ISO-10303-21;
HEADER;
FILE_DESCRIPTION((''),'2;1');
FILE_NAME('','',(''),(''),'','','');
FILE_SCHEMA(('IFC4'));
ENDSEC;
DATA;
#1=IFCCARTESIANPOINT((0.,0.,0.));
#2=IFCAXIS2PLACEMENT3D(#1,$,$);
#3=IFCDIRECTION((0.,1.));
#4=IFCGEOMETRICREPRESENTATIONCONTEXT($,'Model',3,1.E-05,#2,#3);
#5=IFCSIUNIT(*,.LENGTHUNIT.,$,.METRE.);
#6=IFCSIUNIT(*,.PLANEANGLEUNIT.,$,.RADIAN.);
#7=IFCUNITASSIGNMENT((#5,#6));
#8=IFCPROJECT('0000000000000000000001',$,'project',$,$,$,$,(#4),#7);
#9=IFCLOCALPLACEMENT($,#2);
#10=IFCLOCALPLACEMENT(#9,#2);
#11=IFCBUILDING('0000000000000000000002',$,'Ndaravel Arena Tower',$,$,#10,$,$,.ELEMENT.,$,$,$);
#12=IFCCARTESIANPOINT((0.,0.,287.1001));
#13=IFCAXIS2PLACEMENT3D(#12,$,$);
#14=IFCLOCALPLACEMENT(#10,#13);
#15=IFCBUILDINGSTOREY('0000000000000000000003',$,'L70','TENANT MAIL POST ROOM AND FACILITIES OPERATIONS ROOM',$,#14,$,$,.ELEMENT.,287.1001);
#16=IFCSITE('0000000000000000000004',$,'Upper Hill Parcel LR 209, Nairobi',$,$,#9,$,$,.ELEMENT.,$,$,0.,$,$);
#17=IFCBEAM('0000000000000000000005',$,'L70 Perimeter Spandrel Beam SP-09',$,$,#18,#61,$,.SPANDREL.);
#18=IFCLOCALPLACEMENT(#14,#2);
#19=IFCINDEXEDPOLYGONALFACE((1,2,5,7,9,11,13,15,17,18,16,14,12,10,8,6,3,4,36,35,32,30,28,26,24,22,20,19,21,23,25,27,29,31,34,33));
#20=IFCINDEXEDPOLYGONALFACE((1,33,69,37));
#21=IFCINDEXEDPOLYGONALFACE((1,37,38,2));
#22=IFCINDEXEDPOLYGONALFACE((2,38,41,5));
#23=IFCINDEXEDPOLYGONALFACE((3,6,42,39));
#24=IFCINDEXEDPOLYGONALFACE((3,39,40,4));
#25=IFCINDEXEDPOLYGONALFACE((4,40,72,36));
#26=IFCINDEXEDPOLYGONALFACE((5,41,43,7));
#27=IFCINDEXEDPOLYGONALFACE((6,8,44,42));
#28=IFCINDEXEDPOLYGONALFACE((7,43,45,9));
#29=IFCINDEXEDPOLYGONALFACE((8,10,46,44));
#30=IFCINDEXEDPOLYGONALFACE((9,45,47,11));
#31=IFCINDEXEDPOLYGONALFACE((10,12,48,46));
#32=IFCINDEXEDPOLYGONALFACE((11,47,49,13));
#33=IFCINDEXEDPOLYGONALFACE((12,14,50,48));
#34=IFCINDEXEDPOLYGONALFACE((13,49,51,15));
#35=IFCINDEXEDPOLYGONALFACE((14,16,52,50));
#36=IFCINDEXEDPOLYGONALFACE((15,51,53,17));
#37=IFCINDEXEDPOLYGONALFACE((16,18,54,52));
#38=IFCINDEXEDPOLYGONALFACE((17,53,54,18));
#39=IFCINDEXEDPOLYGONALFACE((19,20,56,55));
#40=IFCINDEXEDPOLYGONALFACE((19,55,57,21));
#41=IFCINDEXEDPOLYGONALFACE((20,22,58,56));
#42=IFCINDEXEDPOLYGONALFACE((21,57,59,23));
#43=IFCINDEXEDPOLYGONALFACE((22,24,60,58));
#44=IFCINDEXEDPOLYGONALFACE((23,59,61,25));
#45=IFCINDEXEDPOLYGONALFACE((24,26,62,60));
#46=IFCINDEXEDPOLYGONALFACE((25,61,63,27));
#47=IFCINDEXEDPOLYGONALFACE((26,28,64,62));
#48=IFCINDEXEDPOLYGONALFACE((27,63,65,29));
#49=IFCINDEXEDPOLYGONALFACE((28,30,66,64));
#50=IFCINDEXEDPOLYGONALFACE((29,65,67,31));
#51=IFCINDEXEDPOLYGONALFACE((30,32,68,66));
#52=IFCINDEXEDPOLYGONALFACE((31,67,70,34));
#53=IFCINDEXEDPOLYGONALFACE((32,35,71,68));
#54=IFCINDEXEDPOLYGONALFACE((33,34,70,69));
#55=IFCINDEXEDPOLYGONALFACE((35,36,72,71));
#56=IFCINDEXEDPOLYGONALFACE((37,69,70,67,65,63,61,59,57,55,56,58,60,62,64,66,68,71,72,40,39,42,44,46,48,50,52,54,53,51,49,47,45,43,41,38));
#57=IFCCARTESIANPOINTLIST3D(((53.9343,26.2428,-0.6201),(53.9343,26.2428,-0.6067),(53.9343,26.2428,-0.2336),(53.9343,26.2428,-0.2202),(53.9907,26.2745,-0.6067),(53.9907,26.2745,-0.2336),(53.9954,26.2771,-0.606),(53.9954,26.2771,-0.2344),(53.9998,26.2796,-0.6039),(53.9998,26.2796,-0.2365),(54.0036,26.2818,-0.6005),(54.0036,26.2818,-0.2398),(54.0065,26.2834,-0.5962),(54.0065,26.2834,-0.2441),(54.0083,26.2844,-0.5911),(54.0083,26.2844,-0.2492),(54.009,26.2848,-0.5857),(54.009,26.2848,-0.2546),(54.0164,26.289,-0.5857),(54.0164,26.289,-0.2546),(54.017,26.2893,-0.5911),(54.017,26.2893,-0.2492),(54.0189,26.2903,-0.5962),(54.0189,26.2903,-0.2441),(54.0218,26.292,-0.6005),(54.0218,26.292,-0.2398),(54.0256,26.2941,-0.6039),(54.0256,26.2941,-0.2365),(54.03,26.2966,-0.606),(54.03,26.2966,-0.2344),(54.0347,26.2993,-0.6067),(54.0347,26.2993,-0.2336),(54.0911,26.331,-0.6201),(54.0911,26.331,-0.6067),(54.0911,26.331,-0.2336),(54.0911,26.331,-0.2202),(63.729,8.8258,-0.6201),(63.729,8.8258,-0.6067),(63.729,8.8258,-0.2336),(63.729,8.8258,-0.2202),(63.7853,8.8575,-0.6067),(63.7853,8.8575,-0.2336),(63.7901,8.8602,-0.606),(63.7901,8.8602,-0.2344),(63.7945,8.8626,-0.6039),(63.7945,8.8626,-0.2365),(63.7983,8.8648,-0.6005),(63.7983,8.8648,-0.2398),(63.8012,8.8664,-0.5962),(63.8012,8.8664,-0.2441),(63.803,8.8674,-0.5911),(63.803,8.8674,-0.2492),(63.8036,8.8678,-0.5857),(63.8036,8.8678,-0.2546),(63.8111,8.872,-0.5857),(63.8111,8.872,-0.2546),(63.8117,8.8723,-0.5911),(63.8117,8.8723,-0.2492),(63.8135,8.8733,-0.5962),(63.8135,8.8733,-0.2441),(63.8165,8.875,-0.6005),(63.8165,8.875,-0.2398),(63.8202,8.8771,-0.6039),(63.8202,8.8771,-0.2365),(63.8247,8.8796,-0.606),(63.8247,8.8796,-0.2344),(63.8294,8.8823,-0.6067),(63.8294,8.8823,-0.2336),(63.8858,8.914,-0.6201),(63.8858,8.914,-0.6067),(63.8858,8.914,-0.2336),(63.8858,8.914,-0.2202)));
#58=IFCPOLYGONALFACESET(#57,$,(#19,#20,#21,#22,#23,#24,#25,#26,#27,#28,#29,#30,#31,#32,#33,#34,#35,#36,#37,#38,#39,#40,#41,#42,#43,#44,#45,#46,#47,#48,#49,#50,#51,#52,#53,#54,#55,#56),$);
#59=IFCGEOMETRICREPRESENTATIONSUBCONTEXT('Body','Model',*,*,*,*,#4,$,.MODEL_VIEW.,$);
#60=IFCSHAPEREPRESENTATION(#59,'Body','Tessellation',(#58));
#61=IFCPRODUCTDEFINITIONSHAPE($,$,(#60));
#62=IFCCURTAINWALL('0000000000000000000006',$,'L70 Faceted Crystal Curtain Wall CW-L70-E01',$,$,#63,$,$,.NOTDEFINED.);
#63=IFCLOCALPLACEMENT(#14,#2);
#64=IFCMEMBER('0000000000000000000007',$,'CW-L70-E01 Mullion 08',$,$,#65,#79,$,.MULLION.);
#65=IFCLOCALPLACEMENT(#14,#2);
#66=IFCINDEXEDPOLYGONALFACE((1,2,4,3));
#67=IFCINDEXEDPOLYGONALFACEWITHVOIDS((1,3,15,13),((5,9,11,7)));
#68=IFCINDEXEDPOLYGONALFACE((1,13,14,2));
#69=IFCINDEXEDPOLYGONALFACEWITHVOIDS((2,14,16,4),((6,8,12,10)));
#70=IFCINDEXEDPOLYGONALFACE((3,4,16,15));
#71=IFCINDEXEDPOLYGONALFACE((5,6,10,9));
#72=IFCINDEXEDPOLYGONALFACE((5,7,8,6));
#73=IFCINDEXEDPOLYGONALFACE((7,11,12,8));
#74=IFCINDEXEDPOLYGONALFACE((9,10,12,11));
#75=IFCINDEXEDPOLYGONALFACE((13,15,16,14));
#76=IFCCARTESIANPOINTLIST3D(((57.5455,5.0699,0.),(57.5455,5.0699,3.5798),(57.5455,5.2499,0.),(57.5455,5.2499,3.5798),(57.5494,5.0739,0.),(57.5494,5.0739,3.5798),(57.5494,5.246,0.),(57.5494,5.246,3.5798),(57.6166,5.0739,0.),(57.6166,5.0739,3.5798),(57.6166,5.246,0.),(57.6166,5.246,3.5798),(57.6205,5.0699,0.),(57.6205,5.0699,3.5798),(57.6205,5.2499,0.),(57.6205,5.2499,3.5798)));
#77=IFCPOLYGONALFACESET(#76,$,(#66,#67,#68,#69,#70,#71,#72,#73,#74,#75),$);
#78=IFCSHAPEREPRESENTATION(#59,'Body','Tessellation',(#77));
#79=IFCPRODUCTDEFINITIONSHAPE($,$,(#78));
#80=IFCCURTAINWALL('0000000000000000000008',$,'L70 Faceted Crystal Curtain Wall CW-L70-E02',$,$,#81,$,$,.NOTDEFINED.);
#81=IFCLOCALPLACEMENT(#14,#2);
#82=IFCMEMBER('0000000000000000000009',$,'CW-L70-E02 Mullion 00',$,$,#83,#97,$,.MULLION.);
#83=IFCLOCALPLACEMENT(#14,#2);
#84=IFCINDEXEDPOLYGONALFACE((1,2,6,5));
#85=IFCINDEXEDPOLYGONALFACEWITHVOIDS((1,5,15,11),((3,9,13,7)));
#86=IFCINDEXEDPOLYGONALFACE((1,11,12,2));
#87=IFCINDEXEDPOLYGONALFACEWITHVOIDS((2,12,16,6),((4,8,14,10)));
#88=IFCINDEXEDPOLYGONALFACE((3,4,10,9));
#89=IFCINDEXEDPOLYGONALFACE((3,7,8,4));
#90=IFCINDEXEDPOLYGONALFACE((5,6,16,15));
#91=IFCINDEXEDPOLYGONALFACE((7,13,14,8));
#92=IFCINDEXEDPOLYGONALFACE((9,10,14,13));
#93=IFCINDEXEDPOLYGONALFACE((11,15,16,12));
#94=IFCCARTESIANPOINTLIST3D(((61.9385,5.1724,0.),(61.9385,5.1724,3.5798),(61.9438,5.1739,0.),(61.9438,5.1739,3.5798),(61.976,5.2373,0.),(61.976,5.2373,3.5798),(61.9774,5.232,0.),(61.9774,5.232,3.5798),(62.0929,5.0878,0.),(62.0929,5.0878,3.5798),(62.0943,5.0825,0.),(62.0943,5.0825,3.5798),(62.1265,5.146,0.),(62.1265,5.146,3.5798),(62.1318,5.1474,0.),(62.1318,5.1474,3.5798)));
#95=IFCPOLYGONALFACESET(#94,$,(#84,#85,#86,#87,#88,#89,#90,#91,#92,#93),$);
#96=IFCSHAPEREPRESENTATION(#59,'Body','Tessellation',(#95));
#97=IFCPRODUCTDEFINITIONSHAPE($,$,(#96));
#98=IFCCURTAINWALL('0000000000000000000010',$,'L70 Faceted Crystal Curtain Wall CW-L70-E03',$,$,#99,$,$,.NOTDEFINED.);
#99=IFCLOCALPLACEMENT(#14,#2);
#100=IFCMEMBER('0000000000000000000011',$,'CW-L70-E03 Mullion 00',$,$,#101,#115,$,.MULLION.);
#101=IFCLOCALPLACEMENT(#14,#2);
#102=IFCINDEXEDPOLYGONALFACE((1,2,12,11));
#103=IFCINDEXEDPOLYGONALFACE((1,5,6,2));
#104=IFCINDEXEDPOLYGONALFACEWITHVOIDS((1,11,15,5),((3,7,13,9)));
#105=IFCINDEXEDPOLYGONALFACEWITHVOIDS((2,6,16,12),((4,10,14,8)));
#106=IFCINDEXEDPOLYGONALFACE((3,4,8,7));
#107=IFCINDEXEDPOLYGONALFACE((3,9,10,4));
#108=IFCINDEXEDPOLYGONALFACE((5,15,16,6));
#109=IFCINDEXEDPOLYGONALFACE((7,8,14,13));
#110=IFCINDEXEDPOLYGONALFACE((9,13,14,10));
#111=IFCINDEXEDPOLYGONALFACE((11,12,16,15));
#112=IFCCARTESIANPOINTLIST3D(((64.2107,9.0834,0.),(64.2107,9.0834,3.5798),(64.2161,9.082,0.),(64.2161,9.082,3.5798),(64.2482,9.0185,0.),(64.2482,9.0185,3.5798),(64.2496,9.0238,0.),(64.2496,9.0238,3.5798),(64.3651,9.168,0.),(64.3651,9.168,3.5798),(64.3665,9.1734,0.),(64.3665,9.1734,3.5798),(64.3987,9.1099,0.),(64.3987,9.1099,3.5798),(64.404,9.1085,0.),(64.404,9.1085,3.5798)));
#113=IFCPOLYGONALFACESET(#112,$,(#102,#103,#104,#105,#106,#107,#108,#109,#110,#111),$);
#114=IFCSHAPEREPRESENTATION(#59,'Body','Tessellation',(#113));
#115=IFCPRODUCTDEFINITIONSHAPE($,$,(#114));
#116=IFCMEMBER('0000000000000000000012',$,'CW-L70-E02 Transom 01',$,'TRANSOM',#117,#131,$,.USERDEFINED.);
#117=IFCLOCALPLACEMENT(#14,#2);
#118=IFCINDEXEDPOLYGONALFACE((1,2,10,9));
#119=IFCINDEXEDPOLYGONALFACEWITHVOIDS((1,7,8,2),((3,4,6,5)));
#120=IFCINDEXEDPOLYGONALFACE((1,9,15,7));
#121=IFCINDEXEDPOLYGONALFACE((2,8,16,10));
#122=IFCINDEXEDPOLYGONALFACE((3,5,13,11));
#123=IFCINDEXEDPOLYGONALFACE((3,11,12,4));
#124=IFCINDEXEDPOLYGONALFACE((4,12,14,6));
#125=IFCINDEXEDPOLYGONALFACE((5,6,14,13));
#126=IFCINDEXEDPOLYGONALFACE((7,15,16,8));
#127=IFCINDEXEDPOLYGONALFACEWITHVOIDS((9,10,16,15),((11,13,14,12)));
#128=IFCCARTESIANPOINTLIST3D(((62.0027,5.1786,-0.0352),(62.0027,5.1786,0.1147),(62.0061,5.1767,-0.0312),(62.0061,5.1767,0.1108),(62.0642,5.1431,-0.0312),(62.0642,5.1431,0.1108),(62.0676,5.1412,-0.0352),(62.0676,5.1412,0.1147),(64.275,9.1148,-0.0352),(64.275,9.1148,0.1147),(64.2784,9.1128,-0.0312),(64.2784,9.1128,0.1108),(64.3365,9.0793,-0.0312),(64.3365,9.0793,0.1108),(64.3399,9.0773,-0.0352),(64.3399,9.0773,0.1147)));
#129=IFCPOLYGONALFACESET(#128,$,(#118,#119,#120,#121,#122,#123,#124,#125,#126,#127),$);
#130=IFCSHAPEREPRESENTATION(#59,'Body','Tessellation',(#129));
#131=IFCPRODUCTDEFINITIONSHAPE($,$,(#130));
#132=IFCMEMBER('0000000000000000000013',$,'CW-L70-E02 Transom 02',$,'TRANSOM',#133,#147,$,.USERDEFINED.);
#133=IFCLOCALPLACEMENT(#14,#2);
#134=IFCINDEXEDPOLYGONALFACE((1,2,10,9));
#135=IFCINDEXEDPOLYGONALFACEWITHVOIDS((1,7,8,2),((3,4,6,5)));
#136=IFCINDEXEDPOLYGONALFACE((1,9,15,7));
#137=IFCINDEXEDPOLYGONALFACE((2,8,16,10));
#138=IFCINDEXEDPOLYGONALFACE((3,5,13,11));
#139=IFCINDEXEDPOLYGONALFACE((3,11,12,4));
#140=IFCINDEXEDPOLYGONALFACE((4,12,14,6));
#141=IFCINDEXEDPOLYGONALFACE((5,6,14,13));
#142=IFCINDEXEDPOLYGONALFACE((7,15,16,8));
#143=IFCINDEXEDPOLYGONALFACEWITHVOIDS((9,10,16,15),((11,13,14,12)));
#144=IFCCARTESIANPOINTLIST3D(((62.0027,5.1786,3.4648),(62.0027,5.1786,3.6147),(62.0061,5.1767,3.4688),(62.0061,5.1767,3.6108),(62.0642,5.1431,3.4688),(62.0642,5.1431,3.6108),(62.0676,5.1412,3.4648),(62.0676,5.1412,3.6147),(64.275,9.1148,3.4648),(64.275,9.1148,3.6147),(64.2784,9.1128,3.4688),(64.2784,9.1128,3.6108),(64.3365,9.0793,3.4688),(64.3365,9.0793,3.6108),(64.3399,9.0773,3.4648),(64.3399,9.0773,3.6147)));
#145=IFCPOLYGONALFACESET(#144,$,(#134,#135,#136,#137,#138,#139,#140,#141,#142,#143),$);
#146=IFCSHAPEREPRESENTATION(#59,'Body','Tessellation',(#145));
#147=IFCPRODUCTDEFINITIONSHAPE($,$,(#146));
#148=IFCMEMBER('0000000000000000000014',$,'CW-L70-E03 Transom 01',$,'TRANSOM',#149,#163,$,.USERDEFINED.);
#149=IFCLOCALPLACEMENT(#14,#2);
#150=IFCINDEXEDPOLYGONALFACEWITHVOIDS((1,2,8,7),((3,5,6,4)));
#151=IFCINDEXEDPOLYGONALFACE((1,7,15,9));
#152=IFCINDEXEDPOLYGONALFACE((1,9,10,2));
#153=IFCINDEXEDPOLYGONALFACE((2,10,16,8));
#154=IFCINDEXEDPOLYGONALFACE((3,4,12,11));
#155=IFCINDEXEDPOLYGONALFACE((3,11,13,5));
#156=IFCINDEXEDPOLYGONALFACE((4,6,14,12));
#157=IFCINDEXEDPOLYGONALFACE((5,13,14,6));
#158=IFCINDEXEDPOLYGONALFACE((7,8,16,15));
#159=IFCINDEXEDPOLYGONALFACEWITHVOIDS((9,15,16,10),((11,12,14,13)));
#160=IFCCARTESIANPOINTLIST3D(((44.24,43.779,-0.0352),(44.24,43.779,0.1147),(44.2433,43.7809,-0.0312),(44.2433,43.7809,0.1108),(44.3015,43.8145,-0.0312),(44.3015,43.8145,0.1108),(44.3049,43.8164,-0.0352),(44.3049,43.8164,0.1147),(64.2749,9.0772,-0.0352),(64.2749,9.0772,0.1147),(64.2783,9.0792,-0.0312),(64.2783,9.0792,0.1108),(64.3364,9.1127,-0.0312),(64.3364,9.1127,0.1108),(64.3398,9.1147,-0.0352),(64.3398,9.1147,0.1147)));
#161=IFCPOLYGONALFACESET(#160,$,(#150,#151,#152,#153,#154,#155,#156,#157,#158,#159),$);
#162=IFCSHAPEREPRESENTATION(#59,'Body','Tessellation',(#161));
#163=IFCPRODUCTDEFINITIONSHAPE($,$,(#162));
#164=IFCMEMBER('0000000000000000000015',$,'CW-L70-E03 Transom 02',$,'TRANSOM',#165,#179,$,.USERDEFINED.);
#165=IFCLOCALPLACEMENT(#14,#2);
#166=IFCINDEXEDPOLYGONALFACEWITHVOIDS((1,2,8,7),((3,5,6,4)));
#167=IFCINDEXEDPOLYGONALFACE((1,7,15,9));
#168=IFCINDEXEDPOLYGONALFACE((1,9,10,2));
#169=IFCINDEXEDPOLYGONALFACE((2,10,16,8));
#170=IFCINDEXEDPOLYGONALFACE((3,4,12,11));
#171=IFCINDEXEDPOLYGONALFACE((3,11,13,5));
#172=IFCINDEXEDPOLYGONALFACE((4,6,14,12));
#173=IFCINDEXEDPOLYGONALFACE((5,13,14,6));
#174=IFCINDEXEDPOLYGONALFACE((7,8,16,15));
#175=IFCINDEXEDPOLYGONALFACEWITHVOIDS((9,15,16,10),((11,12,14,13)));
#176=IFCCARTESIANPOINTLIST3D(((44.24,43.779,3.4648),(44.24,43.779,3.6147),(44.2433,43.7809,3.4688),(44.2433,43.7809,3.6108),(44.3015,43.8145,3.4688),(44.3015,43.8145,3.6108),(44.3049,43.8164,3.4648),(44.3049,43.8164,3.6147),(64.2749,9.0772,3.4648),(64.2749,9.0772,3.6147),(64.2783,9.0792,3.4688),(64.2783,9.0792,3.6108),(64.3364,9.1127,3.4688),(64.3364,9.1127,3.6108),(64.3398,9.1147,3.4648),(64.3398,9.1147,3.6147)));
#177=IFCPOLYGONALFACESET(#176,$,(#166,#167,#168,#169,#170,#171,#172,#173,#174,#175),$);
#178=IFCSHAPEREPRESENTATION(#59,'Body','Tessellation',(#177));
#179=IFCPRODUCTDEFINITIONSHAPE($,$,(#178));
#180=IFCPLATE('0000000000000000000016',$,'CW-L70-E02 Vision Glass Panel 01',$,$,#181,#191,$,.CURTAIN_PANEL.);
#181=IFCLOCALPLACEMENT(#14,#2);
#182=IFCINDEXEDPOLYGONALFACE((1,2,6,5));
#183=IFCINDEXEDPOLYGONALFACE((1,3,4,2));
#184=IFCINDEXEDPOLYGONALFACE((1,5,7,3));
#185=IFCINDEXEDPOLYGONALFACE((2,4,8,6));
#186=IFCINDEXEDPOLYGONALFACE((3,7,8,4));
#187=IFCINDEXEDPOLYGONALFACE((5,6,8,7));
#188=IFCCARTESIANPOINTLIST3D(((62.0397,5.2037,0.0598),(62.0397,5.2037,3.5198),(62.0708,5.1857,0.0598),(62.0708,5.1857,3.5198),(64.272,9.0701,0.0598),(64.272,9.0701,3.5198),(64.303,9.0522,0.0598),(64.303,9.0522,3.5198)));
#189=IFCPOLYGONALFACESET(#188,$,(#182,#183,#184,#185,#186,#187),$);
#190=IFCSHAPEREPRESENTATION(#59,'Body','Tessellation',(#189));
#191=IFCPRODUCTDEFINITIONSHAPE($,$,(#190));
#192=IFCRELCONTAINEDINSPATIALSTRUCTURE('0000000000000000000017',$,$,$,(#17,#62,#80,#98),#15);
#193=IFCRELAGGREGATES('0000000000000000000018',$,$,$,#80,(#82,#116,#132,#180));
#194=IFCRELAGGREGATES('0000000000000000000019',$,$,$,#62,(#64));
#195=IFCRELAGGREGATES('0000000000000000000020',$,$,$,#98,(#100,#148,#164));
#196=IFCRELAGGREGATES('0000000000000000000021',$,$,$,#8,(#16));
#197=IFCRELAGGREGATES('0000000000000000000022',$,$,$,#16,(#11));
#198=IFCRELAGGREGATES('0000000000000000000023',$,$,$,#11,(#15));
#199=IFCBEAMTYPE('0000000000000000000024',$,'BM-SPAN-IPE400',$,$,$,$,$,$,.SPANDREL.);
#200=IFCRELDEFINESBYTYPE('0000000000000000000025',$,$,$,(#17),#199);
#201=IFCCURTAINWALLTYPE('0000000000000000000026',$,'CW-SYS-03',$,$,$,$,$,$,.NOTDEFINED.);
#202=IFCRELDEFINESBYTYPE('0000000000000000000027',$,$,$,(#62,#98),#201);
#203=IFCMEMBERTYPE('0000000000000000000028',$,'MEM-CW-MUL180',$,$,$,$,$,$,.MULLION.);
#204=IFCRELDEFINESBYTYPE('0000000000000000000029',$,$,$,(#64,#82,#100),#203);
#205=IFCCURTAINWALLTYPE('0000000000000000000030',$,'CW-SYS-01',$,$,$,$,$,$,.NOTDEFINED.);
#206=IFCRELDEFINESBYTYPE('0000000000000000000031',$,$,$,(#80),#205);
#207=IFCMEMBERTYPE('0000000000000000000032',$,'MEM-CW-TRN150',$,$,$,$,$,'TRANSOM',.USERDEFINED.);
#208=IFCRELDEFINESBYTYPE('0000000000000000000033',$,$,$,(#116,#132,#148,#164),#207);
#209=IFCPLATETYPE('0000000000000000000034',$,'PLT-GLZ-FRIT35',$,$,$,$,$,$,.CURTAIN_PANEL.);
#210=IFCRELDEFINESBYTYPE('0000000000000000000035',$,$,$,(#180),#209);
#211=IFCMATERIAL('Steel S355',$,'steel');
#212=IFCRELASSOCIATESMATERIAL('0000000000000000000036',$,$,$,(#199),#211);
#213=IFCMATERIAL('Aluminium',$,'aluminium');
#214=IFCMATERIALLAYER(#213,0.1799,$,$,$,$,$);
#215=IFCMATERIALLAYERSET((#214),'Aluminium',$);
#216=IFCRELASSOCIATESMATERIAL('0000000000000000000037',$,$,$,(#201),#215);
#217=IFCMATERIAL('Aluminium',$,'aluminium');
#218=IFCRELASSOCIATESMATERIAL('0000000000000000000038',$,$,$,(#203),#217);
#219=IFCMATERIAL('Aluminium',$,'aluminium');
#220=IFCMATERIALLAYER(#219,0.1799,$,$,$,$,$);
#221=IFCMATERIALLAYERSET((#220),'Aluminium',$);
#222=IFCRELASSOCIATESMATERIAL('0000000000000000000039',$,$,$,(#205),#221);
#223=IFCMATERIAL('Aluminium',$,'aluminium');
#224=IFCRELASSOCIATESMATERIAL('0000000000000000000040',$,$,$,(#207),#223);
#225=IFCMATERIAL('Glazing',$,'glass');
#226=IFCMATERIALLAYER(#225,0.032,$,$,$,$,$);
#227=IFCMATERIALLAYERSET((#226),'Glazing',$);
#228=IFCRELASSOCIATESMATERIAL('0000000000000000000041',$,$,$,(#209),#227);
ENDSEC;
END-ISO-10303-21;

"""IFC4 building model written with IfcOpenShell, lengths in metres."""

from ifc_helpers import new_model, si_unit, direction, frame, origin, origin_2d, place, context, subcontext, project, spatial, rectangle, hollow_rectangle, i_section, extrude, material, layer, layer_set, material_profile, profile_set, type_object, element, aggregate, save


model = new_model("IFC4")

# Units and contexts
model_context = context("Model", 3, precision=1e-05, world=origin(), true_north=direction((0.0, 1.0)))
body_context = subcontext(model_context, "Body", "Model", "MODEL_VIEW")
ifc_project = project(units=[si_unit("LENGTHUNIT", "METRE"), si_unit("PLANEANGLEUNIT", "RADIAN")], contexts=[model_context])

# Site, building, storey
site_placement = place(None, origin())
site = spatial("IfcSite", under=ifc_project, at=site_placement, Name="Upper Hill Parcel LR 209, Nairobi", CompositionType="ELEMENT", RefElevation=0.0)
building_placement = place(site_placement, origin())
building = spatial("IfcBuilding", under=site, at=building_placement, Name="Ndaravel Arena Tower", CompositionType="ELEMENT")
storey_placement = place(building_placement, frame((0.0, 0.0, 287.1001)))
storey = spatial("IfcBuildingStorey", under=building, at=storey_placement, Name="L70", Description="TENANT MAIL POST ROOM AND FACILITIES OPERATIONS ROOM", CompositionType="ELEMENT", Elevation=287.1001)

# Beam
ifc_material_1 = material(Name="Steel S355", Category="steel")
ifc_material_profile_1 = material_profile(ifc_material_1, i_section(OverallWidth=0.1799, OverallDepth=0.3999, WebThickness=0.0085, FlangeThickness=0.0134, FilletRadius=0.021, at=origin_2d()), Name="IPE 400")
ifc_profile_set_1 = profile_set([ifc_material_profile_1], Name="Steel S355")
beam_type = type_object("IfcBeamType", Name="BM-SPAN-IPE400", PredefinedType="SPANDREL", material=ifc_profile_set_1)
beam_1_placement = place(storey_placement, frame((63.8074, 8.8699, -0.4202), z_axis=(-0.490171, 0.871626, 0.0), x_axis=(-0.871626, -0.490171, 0.0)))
element("IfcBeam", 1, at=beam_1_placement, inside=storey, type_object=beam_type, Name="L70 Perimeter Spandrel Beam SP-09", PredefinedType="SPANDREL", context=body_context, shape_type="SweptSolid", body=[
    extrude(i_section(OverallWidth=0.1799, OverallDepth=0.3999, WebThickness=0.0085, FlangeThickness=0.0134, FilletRadius=0.021, at=origin_2d()), origin(), (0.0, 0.0, 1.0), 19.9822),
])

# Curtain walls, members
ifc_material_2 = material(Name="Aluminium", Category="aluminium")
ifc_layer_1 = layer(ifc_material_2, 0.1799)
ifc_layer_set_1 = layer_set([ifc_layer_1], Name="Aluminium")
curtain_wall_type_1 = type_object("IfcCurtainWallType", Name="CW-SYS-03", PredefinedType="NOTDEFINED", material=ifc_layer_set_1)
curtain_wall_1_placement = place(storey_placement, origin())
curtain_wall_1 = element("IfcCurtainWall", 2, at=curtain_wall_1_placement, inside=storey, type_object=curtain_wall_type_1, Name="L70 Faceted Crystal Curtain Wall CW-L70-E01", PredefinedType="NOTDEFINED")
ifc_material_3 = material(Name="Aluminium", Category="aluminium")
ifc_material_profile_2 = material_profile(ifc_material_3, hollow_rectangle(XDim=0.075, YDim=0.1799, WallThickness=0.0039, at=origin_2d()), Name="CW MULLION 75x180x4")
ifc_profile_set_2 = profile_set([ifc_material_profile_2], Name="Aluminium")
member_type_1 = type_object("IfcMemberType", Name="MEM-CW-MUL180", PredefinedType="MULLION", material=ifc_profile_set_2)
member_1_placement = place(storey_placement, frame((57.583, 5.1599, 0.0), z_axis=(0.0, 0.0, 1.0), x_axis=(1.0, 0.0, 0.0)))
member_1 = element("IfcMember", 3, at=member_1_placement, type_object=member_type_1, Name="CW-L70-E01 Mullion 08", PredefinedType="MULLION", context=body_context, shape_type="SweptSolid", body=[
    extrude(hollow_rectangle(XDim=0.075, YDim=0.1799, WallThickness=0.0039, at=origin_2d()), origin(), (0.0, 0.0, 1.0), 3.5798),
])
ifc_material_4 = material(Name="Aluminium", Category="aluminium")
ifc_layer_2 = layer(ifc_material_4, 0.1799)
ifc_layer_set_2 = layer_set([ifc_layer_2], Name="Aluminium")
curtain_wall_type_2 = type_object("IfcCurtainWallType", Name="CW-SYS-01", PredefinedType="NOTDEFINED", material=ifc_layer_set_2)
curtain_wall_2_placement = place(storey_placement, origin())
curtain_wall_2 = element("IfcCurtainWall", 4, at=curtain_wall_2_placement, inside=storey, type_object=curtain_wall_type_2, Name="L70 Faceted Crystal Curtain Wall CW-L70-E02", PredefinedType="NOTDEFINED")
member_2_placement = place(storey_placement, frame((62.0352, 5.1599, 0.0), z_axis=(0.0, 0.0, 1.0), x_axis=(0.499985, 0.866034, 0.0)))
member_2 = element("IfcMember", 5, at=member_2_placement, type_object=member_type_1, Name="CW-L70-E02 Mullion 00", PredefinedType="MULLION", context=body_context, shape_type="SweptSolid", body=[
    extrude(hollow_rectangle(XDim=0.075, YDim=0.1799, WallThickness=0.0039, at=origin_2d()), origin(), (0.0, 0.0, 1.0), 3.5798),
])
curtain_wall_3_placement = place(storey_placement, origin())
curtain_wall_3 = element("IfcCurtainWall", 6, at=curtain_wall_3_placement, inside=storey, type_object=curtain_wall_type_1, Name="L70 Faceted Crystal Curtain Wall CW-L70-E03", PredefinedType="NOTDEFINED")
member_3_placement = place(storey_placement, frame((64.3074, 9.0959, 0.0), z_axis=(0.0, 0.0, 1.0), x_axis=(-0.5, 0.866025, 0.0)))
member_3 = element("IfcMember", 7, at=member_3_placement, type_object=member_type_1, Name="CW-L70-E03 Mullion 00", PredefinedType="MULLION", context=body_context, shape_type="SweptSolid", body=[
    extrude(hollow_rectangle(XDim=0.075, YDim=0.1799, WallThickness=0.0039, at=origin_2d()), origin(), (0.0, 0.0, 1.0), 3.5798),
])

# Members
ifc_material_5 = material(Name="Aluminium", Category="aluminium")
ifc_material_profile_3 = material_profile(ifc_material_5, hollow_rectangle(XDim=0.075, YDim=0.1499, WallThickness=0.0039, at=origin_2d()), Name="CW TRANSOM 75x150x4")
ifc_profile_set_3 = profile_set([ifc_material_profile_3], Name="Aluminium")
member_type_2 = type_object("IfcMemberType", Name="MEM-CW-TRN150", ElementType="TRANSOM", PredefinedType="USERDEFINED", material=ifc_profile_set_3)
member_4_placement = place(storey_placement, frame((62.0352, 5.1599, 0.0398), z_axis=(0.499958, 0.86605, 0.0), x_axis=(-0.86605, 0.499958, 0.0)))
member_4 = element("IfcMember", 8, at=member_4_placement, type_object=member_type_2, Name="CW-L70-E02 Transom 01", ObjectType="TRANSOM", PredefinedType="USERDEFINED", context=body_context, shape_type="SweptSolid", body=[
    extrude(hollow_rectangle(XDim=0.075, YDim=0.1499, WallThickness=0.0039, at=origin_2d()), origin(), (0.0, 0.0, 1.0), 4.5449),
])
member_5_placement = place(storey_placement, frame((62.0352, 5.1599, 3.5398), z_axis=(0.499958, 0.86605, 0.0), x_axis=(-0.86605, 0.499958, 0.0)))
member_5 = element("IfcMember", 9, at=member_5_placement, type_object=member_type_2, Name="CW-L70-E02 Transom 02", ObjectType="TRANSOM", PredefinedType="USERDEFINED", context=body_context, shape_type="SweptSolid", body=[
    extrude(hollow_rectangle(XDim=0.075, YDim=0.1499, WallThickness=0.0039, at=origin_2d()), origin(), (0.0, 0.0, 1.0), 4.5449),
])
member_6_placement = place(storey_placement, frame((64.3074, 9.0959, 0.0398), z_axis=(-0.499998, 0.866026, 0.0), x_axis=(-0.866026, -0.499998, 0.0)))
member_6 = element("IfcMember", 10, at=member_6_placement, type_object=member_type_2, Name="CW-L70-E03 Transom 01", ObjectType="TRANSOM", PredefinedType="USERDEFINED", context=body_context, shape_type="SweptSolid", body=[
    extrude(hollow_rectangle(XDim=0.075, YDim=0.1499, WallThickness=0.0039, at=origin_2d()), origin(), (0.0, 0.0, 1.0), 40.0701),
])
member_7_placement = place(storey_placement, frame((64.3074, 9.0959, 3.5398), z_axis=(-0.499998, 0.866026, 0.0), x_axis=(-0.866026, -0.499998, 0.0)))
member_7 = element("IfcMember", 11, at=member_7_placement, type_object=member_type_2, Name="CW-L70-E03 Transom 02", ObjectType="TRANSOM", PredefinedType="USERDEFINED", context=body_context, shape_type="SweptSolid", body=[
    extrude(hollow_rectangle(XDim=0.075, YDim=0.1499, WallThickness=0.0039, at=origin_2d()), origin(), (0.0, 0.0, 1.0), 40.0701),
])

# Plate
ifc_material_6 = material(Name="Glazing", Category="glass")
ifc_layer_3 = layer(ifc_material_6, 0.032)
ifc_layer_set_3 = layer_set([ifc_layer_3], Name="Glazing")
plate_type_1 = type_object("IfcPlateType", Name="PLT-GLZ-FRIT35", PredefinedType="CURTAIN_PANEL", material=ifc_layer_set_3)
plate_1_placement = place(storey_placement, frame((63.1714, 7.1279, 0.0598), z_axis=(0.0, 0.0, 1.0), x_axis=(0.499985, 0.866034, 0.0)))
plate_1 = element("IfcPlate", 12, at=plate_1_placement, type_object=plate_type_1, Name="CW-L70-E02 Vision Glass Panel 01", PredefinedType="CURTAIN_PANEL", context=body_context, shape_type="SweptSolid", body=[
    extrude(rectangle(XDim=4.4646, YDim=0.0359, at=origin_2d()), origin(), (0.0, 0.0, 1.0), 3.46),
])
aggregate(curtain_wall_2, [member_2, member_4, member_5, plate_1])
aggregate(curtain_wall_1, [member_1])
aggregate(curtain_wall_3, [member_3, member_6, member_7])

save(model, "model.ifc")
